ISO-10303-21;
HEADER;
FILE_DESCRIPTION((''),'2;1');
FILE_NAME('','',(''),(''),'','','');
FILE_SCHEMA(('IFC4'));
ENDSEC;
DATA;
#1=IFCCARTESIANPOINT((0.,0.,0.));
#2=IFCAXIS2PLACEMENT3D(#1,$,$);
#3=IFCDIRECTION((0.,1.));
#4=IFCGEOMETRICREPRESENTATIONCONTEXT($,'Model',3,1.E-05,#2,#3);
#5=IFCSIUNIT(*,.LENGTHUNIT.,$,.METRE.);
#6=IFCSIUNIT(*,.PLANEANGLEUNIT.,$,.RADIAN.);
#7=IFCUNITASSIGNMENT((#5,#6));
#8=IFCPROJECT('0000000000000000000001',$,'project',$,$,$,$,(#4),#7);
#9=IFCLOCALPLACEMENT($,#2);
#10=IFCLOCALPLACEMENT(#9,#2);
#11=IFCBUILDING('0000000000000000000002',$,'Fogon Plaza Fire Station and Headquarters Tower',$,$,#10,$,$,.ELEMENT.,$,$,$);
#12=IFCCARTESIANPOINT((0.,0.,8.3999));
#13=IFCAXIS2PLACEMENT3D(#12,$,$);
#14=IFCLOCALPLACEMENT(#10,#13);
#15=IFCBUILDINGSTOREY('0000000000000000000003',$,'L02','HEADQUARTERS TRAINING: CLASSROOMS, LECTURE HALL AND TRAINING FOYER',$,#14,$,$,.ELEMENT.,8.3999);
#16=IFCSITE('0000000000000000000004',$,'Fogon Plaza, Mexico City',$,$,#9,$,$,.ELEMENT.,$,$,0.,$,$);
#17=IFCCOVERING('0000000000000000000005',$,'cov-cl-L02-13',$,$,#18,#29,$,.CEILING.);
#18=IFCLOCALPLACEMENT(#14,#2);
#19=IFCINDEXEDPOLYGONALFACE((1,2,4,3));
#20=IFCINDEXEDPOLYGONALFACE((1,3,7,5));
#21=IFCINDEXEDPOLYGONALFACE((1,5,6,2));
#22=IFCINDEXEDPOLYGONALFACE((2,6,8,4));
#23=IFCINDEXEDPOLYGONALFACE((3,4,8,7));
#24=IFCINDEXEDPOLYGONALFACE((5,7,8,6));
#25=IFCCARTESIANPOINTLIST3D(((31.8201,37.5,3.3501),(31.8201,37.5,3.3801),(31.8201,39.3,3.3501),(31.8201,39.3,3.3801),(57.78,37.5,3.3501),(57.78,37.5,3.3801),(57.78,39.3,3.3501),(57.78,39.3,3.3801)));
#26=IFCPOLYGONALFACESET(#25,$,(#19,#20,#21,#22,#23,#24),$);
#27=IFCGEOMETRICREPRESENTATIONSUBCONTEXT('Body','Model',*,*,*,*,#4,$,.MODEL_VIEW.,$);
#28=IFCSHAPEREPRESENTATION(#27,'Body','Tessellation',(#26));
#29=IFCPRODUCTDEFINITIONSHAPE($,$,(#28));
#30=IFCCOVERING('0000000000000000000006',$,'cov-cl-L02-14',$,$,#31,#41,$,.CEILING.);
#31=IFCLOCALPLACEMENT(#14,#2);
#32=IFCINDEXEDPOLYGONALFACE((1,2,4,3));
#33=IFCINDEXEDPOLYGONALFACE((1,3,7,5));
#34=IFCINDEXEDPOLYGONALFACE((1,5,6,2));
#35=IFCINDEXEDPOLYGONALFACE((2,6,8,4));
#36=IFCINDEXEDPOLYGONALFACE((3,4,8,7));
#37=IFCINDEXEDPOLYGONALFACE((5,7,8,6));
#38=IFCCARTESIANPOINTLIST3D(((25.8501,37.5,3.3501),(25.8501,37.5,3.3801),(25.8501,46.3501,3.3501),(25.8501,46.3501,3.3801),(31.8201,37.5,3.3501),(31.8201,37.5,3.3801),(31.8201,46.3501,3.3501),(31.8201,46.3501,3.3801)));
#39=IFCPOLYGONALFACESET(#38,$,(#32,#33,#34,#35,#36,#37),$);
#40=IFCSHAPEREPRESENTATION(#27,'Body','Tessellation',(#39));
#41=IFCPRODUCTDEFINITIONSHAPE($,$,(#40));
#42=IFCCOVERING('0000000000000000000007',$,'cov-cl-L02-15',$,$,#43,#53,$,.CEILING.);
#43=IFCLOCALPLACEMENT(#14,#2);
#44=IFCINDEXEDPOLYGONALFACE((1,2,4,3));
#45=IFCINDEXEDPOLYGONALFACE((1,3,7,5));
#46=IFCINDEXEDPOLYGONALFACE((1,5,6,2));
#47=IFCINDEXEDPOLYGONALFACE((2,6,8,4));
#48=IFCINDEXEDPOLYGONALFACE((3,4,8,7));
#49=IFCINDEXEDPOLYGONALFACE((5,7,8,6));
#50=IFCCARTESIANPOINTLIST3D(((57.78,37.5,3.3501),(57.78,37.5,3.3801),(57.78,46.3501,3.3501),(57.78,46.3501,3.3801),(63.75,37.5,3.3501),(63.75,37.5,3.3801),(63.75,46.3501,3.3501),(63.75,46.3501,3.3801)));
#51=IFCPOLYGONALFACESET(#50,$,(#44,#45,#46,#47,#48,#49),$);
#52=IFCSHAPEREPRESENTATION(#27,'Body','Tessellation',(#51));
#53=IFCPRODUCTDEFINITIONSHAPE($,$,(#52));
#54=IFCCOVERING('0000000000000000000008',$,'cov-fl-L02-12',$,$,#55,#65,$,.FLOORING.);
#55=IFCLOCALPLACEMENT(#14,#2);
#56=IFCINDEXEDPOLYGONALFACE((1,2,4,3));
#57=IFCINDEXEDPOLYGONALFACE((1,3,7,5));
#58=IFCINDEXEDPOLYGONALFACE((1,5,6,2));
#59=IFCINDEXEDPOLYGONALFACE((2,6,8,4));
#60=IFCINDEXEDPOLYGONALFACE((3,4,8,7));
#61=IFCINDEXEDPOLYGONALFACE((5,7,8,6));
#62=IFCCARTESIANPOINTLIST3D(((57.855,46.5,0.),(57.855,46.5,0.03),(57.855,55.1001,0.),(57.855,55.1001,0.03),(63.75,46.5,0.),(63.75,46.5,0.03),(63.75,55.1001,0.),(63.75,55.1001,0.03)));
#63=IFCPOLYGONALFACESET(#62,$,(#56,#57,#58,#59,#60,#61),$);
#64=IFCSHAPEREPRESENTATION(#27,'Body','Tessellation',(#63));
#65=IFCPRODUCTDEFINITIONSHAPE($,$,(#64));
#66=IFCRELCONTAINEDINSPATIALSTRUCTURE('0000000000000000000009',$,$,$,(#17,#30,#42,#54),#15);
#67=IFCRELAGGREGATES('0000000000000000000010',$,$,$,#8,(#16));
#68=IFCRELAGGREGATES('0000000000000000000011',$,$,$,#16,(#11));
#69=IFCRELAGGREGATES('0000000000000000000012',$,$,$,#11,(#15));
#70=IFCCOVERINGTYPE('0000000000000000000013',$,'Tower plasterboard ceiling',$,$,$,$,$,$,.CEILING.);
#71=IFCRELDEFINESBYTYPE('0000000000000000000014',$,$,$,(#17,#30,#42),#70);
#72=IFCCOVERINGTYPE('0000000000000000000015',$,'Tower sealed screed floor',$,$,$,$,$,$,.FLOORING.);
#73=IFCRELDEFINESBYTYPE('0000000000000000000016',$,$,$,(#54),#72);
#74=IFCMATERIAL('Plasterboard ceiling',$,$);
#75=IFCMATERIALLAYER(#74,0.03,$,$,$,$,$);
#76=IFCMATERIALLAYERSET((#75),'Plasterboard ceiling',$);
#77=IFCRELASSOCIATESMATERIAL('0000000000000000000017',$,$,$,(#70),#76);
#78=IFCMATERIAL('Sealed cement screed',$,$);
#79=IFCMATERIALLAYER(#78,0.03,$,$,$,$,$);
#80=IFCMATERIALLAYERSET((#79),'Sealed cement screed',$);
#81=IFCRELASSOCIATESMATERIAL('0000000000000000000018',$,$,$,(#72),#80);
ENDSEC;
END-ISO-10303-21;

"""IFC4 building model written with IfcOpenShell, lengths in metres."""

from ifc_helpers import new_model, si_unit, direction, frame, origin, place, context, subcontext, project, spatial, polyline, outline, extrude, material, layer, layer_set, type_object, element, save


model = new_model("IFC4")

# Units and contexts
model_context = context("Model", 3, precision=1e-05, world=origin(), true_north=direction((0.0, 1.0)))
body_context = subcontext(model_context, "Body", "Model", "MODEL_VIEW")
ifc_project = project(units=[si_unit("LENGTHUNIT", "METRE"), si_unit("PLANEANGLEUNIT", "RADIAN")], contexts=[model_context])

# Site, building, storey
site_placement = place(None, origin())
site = spatial("IfcSite", under=ifc_project, at=site_placement, Name="Fogon Plaza, Mexico City", CompositionType="ELEMENT", RefElevation=0.0)
building_placement = place(site_placement, origin())
building = spatial("IfcBuilding", under=site, at=building_placement, Name="Fogon Plaza Fire Station and Headquarters Tower", CompositionType="ELEMENT")
storey_placement = place(building_placement, frame((0.0, 0.0, 8.3999)))
storey = spatial("IfcBuildingStorey", under=building, at=storey_placement, Name="L02", Description="HEADQUARTERS TRAINING: CLASSROOMS, LECTURE HALL AND TRAINING FOYER", CompositionType="ELEMENT", Elevation=8.3999)

# Coverings
ifc_material_1 = material(Name="Plasterboard ceiling")
ifc_layer_1 = layer(ifc_material_1, 0.03)
ifc_layer_set_1 = layer_set([ifc_layer_1], Name="Plasterboard ceiling")
covering_type_1 = type_object("IfcCoveringType", Name="Tower plasterboard ceiling", PredefinedType="CEILING", material=ifc_layer_set_1)
covering_1_placement = place(storey_placement, frame((0.0, 0.0, 3.3501)))
element("IfcCovering", 1, at=covering_1_placement, inside=storey, type_object=covering_type_1, Name="cov-cl-L02-13", PredefinedType="CEILING", context=body_context, shape_type="SweptSolid", body=[
    extrude(outline(polyline([(57.78, 37.5), (57.78, 39.3), (31.8201, 39.3), (31.8201, 37.5), (57.78, 37.5)])), origin(), (0.0, 0.0, 1.0), 0.03),
])
covering_2_placement = place(storey_placement, frame((0.0, 0.0, 3.3501)))
element("IfcCovering", 2, at=covering_2_placement, inside=storey, type_object=covering_type_1, Name="cov-cl-L02-14", PredefinedType="CEILING", context=body_context, shape_type="SweptSolid", body=[
    extrude(outline(polyline([(31.8201, 37.5), (31.8201, 46.3501), (25.8501, 46.3501), (25.8501, 37.5), (31.8201, 37.5)])), origin(), (0.0, 0.0, 1.0), 0.03),
])
covering_3_placement = place(storey_placement, frame((0.0, 0.0, 3.3501)))
element("IfcCovering", 3, at=covering_3_placement, inside=storey, type_object=covering_type_1, Name="cov-cl-L02-15", PredefinedType="CEILING", context=body_context, shape_type="SweptSolid", body=[
    extrude(outline(polyline([(63.75, 37.5), (63.75, 46.3501), (57.78, 46.3501), (57.78, 37.5), (63.75, 37.5)])), origin(), (0.0, 0.0, 1.0), 0.03),
])
ifc_material_2 = material(Name="Sealed cement screed")
ifc_layer_2 = layer(ifc_material_2, 0.03)
ifc_layer_set_2 = layer_set([ifc_layer_2], Name="Sealed cement screed")
covering_type_2 = type_object("IfcCoveringType", Name="Tower sealed screed floor", PredefinedType="FLOORING", material=ifc_layer_set_2)
covering_4_placement = place(storey_placement, origin())
element("IfcCovering", 4, at=covering_4_placement, inside=storey, type_object=covering_type_2, Name="cov-fl-L02-12", PredefinedType="FLOORING", context=body_context, shape_type="SweptSolid", body=[
    extrude(outline(polyline([(63.75, 46.5), (63.75, 55.1001), (57.855, 55.1001), (57.855, 46.5), (63.75, 46.5)])), origin(), (0.0, 0.0, 1.0), 0.03),
])

save(model, "model.ifc")
